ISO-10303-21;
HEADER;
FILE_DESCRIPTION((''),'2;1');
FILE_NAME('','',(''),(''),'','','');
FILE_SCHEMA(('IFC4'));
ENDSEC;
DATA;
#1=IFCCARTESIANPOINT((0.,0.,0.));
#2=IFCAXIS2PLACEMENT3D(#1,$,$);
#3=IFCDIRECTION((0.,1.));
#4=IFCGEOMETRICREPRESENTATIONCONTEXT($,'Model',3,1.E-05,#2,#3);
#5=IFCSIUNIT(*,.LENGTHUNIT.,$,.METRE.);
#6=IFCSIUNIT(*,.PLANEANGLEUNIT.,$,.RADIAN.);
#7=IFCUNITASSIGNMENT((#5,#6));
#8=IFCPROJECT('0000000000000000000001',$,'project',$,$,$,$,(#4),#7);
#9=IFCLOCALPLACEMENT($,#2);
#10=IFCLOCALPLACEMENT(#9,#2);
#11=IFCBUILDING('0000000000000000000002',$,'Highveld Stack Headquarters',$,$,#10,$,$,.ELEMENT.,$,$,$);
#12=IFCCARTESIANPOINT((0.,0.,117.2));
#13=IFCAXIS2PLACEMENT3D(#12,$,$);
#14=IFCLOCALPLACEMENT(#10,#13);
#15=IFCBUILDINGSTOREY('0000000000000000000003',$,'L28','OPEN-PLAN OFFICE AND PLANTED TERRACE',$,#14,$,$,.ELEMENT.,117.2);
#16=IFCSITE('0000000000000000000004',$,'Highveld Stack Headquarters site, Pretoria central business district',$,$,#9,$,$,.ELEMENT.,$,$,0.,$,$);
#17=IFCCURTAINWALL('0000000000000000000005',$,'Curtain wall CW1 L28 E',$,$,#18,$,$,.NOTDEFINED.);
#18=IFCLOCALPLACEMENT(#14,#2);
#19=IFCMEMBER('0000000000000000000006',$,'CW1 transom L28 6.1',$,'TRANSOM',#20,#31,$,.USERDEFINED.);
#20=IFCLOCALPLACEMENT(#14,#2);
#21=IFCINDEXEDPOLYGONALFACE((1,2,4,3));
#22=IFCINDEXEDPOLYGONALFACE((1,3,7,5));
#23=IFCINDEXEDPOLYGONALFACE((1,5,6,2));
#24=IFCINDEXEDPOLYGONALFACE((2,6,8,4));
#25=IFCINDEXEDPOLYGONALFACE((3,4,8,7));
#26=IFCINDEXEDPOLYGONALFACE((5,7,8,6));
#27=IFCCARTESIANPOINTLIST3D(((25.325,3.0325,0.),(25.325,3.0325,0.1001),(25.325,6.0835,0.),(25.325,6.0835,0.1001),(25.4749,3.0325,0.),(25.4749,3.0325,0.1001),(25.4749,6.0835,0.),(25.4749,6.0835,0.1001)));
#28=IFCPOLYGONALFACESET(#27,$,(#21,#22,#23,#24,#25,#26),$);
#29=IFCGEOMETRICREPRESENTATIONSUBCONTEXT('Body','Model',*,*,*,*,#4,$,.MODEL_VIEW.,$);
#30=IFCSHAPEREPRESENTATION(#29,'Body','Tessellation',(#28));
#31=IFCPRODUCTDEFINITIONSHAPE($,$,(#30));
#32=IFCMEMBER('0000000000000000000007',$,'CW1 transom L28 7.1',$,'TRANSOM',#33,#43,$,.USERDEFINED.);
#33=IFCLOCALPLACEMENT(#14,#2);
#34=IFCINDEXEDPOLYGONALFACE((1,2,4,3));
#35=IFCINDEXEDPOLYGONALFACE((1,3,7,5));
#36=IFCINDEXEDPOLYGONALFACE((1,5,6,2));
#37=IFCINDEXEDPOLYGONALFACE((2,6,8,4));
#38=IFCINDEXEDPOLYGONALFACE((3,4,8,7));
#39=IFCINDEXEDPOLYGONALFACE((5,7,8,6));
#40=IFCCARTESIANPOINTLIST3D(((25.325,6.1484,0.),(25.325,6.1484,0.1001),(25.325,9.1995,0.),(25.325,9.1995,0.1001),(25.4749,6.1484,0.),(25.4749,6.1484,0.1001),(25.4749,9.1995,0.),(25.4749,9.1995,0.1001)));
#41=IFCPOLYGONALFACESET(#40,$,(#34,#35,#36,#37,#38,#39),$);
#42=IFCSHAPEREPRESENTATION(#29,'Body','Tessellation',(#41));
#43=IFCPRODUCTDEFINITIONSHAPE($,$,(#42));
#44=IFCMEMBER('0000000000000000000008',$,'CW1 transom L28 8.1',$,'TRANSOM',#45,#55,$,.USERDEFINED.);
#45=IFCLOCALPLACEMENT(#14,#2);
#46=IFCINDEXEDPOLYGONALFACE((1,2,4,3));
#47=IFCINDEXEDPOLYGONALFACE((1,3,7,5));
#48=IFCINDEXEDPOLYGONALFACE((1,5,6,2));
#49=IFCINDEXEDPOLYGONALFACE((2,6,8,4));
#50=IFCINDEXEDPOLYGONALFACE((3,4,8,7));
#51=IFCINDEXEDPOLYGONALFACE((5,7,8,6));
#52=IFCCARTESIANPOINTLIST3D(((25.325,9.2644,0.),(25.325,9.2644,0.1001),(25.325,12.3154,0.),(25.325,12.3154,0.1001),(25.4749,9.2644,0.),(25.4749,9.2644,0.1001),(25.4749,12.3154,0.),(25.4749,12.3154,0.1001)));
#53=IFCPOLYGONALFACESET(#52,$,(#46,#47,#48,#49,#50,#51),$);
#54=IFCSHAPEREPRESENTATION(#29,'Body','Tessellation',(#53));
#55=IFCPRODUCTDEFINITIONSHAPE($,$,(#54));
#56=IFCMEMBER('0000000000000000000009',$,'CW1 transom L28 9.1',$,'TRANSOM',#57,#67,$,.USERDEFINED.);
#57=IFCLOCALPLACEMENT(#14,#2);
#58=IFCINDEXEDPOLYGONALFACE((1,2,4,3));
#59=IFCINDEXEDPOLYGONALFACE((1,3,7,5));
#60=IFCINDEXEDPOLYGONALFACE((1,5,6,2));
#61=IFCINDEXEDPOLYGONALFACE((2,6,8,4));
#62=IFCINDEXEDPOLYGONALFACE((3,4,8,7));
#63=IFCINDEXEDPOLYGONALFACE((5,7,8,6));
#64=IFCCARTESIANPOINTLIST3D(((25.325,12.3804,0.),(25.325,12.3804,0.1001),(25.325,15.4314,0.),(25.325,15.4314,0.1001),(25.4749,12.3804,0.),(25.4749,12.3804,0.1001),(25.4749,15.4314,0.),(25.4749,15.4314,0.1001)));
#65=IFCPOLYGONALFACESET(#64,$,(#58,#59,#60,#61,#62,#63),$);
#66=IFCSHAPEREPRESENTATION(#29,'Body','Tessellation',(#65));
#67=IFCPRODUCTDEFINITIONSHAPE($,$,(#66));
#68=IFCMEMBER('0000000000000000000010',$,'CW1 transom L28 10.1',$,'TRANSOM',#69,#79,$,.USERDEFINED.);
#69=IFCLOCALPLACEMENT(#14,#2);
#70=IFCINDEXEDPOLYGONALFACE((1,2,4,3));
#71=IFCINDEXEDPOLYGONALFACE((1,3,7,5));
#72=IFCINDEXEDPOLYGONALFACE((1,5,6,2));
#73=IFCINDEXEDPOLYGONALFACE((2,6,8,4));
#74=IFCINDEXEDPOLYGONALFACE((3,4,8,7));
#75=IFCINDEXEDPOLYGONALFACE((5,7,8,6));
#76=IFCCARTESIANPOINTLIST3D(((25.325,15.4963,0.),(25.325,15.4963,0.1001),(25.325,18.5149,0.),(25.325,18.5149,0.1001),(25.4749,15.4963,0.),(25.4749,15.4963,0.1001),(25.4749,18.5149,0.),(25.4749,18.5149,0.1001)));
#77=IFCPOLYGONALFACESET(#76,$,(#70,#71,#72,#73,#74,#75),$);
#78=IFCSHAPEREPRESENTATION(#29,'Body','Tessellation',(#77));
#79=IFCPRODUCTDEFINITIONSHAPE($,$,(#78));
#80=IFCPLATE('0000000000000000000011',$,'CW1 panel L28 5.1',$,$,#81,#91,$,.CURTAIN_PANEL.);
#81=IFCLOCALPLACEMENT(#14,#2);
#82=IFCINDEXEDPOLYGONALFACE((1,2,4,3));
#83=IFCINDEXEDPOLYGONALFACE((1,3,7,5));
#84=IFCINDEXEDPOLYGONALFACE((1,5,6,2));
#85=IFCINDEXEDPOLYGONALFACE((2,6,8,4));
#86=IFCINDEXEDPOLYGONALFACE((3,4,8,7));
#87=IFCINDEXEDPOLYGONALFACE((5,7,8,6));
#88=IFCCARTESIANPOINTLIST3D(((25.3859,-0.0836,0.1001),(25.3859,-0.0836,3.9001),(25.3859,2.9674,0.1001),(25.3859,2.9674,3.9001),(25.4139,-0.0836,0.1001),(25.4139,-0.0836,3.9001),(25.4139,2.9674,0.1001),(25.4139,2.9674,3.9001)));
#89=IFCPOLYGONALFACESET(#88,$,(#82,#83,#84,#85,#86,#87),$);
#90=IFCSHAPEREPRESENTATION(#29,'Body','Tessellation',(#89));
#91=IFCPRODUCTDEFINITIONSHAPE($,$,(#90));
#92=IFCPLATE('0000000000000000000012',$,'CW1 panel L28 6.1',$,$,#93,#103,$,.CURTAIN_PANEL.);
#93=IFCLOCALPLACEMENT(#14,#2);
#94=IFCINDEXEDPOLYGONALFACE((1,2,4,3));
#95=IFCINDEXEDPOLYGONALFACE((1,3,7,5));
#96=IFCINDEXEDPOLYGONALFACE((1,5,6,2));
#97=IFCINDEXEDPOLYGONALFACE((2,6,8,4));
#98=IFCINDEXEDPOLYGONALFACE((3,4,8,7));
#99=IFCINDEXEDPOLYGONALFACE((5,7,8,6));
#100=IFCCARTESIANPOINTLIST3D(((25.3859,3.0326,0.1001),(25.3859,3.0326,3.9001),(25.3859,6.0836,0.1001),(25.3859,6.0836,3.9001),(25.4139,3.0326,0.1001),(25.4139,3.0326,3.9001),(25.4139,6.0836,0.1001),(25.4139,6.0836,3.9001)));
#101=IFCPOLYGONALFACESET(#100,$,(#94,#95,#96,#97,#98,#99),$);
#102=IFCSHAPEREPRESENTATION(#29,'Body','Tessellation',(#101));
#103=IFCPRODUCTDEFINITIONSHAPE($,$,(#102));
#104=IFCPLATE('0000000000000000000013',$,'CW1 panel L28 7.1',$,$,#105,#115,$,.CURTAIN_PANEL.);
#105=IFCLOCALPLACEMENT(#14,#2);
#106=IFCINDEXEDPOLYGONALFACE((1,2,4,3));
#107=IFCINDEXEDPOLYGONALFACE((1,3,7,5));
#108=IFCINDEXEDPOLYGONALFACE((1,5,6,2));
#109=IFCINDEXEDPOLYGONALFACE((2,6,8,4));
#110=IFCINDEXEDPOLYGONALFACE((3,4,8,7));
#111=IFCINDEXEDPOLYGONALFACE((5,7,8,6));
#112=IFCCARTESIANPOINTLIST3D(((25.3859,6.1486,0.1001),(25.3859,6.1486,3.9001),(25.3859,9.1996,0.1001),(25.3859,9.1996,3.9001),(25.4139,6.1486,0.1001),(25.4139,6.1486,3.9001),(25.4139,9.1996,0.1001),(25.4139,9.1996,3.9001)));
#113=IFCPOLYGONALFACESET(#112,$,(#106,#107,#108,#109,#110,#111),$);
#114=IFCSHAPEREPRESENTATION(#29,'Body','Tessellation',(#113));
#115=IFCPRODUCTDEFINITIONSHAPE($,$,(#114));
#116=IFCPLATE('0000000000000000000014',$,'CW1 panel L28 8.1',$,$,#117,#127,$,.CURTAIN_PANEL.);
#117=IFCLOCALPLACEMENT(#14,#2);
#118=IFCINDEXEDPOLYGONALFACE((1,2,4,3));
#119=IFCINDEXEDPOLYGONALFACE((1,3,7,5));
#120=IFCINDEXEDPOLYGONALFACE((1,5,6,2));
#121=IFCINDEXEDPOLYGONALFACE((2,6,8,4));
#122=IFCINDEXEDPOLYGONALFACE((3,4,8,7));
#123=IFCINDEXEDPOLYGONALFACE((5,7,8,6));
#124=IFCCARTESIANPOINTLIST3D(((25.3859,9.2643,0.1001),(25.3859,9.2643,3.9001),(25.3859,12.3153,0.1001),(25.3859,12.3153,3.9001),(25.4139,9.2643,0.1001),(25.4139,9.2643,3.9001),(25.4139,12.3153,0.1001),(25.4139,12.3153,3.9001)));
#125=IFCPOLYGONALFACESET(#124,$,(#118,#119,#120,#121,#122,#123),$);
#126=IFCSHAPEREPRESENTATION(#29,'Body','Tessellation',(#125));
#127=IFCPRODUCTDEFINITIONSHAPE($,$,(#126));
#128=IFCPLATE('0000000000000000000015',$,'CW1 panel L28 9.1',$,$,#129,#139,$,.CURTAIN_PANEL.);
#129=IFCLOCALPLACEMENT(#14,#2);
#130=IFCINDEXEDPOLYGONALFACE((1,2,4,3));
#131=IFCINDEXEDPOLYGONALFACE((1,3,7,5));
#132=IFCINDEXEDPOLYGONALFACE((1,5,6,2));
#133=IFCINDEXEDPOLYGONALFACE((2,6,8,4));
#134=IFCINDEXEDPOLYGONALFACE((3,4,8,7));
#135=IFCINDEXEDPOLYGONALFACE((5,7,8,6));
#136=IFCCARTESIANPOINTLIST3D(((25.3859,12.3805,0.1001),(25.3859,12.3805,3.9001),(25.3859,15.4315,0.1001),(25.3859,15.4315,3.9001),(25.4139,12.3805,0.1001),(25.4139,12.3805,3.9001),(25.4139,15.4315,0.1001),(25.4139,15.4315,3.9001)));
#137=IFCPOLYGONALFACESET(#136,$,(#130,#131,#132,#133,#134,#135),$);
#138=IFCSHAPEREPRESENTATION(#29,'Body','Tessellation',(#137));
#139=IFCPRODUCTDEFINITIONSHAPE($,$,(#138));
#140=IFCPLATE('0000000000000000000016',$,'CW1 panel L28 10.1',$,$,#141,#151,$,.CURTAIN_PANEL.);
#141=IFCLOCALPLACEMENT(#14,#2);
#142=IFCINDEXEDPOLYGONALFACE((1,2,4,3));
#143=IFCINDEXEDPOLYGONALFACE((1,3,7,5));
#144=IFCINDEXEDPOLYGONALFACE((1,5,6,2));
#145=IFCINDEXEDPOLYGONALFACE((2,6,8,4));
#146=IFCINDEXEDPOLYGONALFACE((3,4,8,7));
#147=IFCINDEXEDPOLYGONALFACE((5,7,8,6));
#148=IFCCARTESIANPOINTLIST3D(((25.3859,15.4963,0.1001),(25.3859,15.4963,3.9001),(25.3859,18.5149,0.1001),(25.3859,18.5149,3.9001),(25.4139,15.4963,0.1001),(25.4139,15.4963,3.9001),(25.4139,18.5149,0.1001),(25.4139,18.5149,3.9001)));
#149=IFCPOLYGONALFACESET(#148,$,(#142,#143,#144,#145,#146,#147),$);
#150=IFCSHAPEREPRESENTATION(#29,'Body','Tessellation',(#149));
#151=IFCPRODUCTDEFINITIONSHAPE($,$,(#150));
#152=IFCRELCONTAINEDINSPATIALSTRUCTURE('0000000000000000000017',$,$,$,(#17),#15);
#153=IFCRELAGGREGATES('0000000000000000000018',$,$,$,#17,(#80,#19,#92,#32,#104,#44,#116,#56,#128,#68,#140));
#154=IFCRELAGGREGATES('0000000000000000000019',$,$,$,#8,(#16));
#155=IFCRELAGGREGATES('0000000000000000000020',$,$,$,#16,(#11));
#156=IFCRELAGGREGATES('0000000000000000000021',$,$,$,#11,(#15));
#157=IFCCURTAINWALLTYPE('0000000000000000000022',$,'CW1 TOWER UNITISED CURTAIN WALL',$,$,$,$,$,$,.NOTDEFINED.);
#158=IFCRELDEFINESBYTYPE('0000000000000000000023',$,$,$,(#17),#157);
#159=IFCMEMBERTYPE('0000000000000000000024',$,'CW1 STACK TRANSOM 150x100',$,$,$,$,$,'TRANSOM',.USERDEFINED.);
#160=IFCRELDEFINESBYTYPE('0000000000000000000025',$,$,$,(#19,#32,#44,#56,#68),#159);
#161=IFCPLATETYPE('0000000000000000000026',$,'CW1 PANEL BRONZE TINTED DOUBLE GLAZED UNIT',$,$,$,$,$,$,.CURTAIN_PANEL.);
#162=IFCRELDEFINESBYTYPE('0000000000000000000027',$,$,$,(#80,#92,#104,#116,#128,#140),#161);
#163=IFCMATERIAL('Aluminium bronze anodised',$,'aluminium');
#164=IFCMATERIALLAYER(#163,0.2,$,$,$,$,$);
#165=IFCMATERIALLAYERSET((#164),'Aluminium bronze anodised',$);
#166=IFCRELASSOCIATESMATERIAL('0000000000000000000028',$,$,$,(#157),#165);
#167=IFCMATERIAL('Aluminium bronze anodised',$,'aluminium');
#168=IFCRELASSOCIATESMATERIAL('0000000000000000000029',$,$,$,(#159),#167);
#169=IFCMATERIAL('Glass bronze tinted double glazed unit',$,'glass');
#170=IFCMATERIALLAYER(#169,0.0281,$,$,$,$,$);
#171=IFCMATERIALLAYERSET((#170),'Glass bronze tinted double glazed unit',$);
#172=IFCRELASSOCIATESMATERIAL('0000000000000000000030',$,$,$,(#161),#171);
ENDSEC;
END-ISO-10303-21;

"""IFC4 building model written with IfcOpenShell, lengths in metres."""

from ifc_helpers import new_model, si_unit, direction, frame, origin, origin_2d, place, context, subcontext, project, spatial, rectangle, extrude, material, layer, layer_set, material_profile, profile_set, type_object, element, aggregate, save


model = new_model("IFC4")

# Units and contexts
model_context = context("Model", 3, precision=1e-05, world=origin(), true_north=direction((0.0, 1.0)))
body_context = subcontext(model_context, "Body", "Model", "MODEL_VIEW")
ifc_project = project(units=[si_unit("LENGTHUNIT", "METRE"), si_unit("PLANEANGLEUNIT", "RADIAN")], contexts=[model_context])

# Site, building, storey
site_placement = place(None, origin())
site = spatial("IfcSite", under=ifc_project, at=site_placement, Name="Highveld Stack Headquarters site, Pretoria central business district", CompositionType="ELEMENT", RefElevation=0.0)
building_placement = place(site_placement, origin())
building = spatial("IfcBuilding", under=site, at=building_placement, Name="Highveld Stack Headquarters", CompositionType="ELEMENT")
storey_placement = place(building_placement, frame((0.0, 0.0, 117.2)))
storey = spatial("IfcBuildingStorey", under=building, at=storey_placement, Name="L28", Description="OPEN-PLAN OFFICE AND PLANTED TERRACE", CompositionType="ELEMENT", Elevation=117.2)

# Curtain wall, members, plates
ifc_material_1 = material(Name="Aluminium bronze anodised", Category="aluminium")
ifc_layer_1 = layer(ifc_material_1, 0.2)
ifc_layer_set_1 = layer_set([ifc_layer_1], Name="Aluminium bronze anodised")
curtain_wall_type = type_object("IfcCurtainWallType", Name="CW1 TOWER UNITISED CURTAIN WALL", PredefinedType="NOTDEFINED", material=ifc_layer_set_1)
curtain_wall_placement = place(storey_placement, origin())
curtain_wall = element("IfcCurtainWall", 1, at=curtain_wall_placement, inside=storey, type_object=curtain_wall_type, Name="Curtain wall CW1 L28 E", PredefinedType="NOTDEFINED")
ifc_material_2 = material(Name="Aluminium bronze anodised", Category="aluminium")
ifc_material_profile_1 = material_profile(ifc_material_2, rectangle(XDim=0.1499, YDim=0.1001, at=origin_2d()), Name="CW1 TRANSOM 150x100")
ifc_profile_set_1 = profile_set([ifc_material_profile_1], Name="Aluminium bronze anodised")
member_type_1 = type_object("IfcMemberType", Name="CW1 STACK TRANSOM 150x100", ElementType="TRANSOM", PredefinedType="USERDEFINED", material=ifc_profile_set_1)
member_1_placement = place(storey_placement, frame((25.3999, 3.0325, 0.05), z_axis=(0.0, 1.0, 0.0), x_axis=(-1.0, 0.0, 0.0)))
member_1 = element("IfcMember", 2, at=member_1_placement, type_object=member_type_1, Name="CW1 transom L28 6.1", ObjectType="TRANSOM", PredefinedType="USERDEFINED", context=body_context, shape_type="SweptSolid", body=[
    extrude(rectangle(XDim=0.1499, YDim=0.1001, at=origin_2d()), origin(), (0.0, 0.0, 1.0), 3.051),
])
member_2_placement = place(storey_placement, frame((25.3999, 6.1484, 0.05), z_axis=(0.0, 1.0, 0.0), x_axis=(-1.0, 0.0, 0.0)))
member_2 = element("IfcMember", 3, at=member_2_placement, type_object=member_type_1, Name="CW1 transom L28 7.1", ObjectType="TRANSOM", PredefinedType="USERDEFINED", context=body_context, shape_type="SweptSolid", body=[
    extrude(rectangle(XDim=0.1499, YDim=0.1001, at=origin_2d()), origin(), (0.0, 0.0, 1.0), 3.051),
])
member_3_placement = place(storey_placement, frame((25.3999, 9.2644, 0.05), z_axis=(0.0, 1.0, 0.0), x_axis=(-1.0, 0.0, 0.0)))
member_3 = element("IfcMember", 4, at=member_3_placement, type_object=member_type_1, Name="CW1 transom L28 8.1", ObjectType="TRANSOM", PredefinedType="USERDEFINED", context=body_context, shape_type="SweptSolid", body=[
    extrude(rectangle(XDim=0.1499, YDim=0.1001, at=origin_2d()), origin(), (0.0, 0.0, 1.0), 3.051),
])
member_4_placement = place(storey_placement, frame((25.3999, 12.3804, 0.05), z_axis=(0.0, 1.0, 0.0), x_axis=(-1.0, 0.0, 0.0)))
member_4 = element("IfcMember", 5, at=member_4_placement, type_object=member_type_1, Name="CW1 transom L28 9.1", ObjectType="TRANSOM", PredefinedType="USERDEFINED", context=body_context, shape_type="SweptSolid", body=[
    extrude(rectangle(XDim=0.1499, YDim=0.1001, at=origin_2d()), origin(), (0.0, 0.0, 1.0), 3.051),
])
member_5_placement = place(storey_placement, frame((25.3999, 15.4963, 0.05), z_axis=(0.0, 1.0, 0.0), x_axis=(-1.0, 0.0, 0.0)))
member_5 = element("IfcMember", 6, at=member_5_placement, type_object=member_type_1, Name="CW1 transom L28 10.1", ObjectType="TRANSOM", PredefinedType="USERDEFINED", context=body_context, shape_type="SweptSolid", body=[
    extrude(rectangle(XDim=0.1499, YDim=0.1001, at=origin_2d()), origin(), (0.0, 0.0, 1.0), 3.0186),
])
ifc_material_3 = material(Name="Glass bronze tinted double glazed unit", Category="glass")
ifc_layer_2 = layer(ifc_material_3, 0.0281)
ifc_layer_set_2 = layer_set([ifc_layer_2], Name="Glass bronze tinted double glazed unit")
plate_type = type_object("IfcPlateType", Name="CW1 PANEL BRONZE TINTED DOUBLE GLAZED UNIT", PredefinedType="CURTAIN_PANEL", material=ifc_layer_set_2)
plate_1_placement = place(storey_placement, frame((25.3999, 1.4419, 0.1001), z_axis=(0.0, 0.0, 1.0), x_axis=(0.0, 1.0, 0.0)))
plate_1 = element("IfcPlate", 7, at=plate_1_placement, type_object=plate_type, Name="CW1 panel L28 5.1", PredefinedType="CURTAIN_PANEL", context=body_context, shape_type="SweptSolid", body=[
    extrude(rectangle(XDim=3.051, YDim=0.0281, at=origin_2d()), origin(), (0.0, 0.0, 1.0), 3.8),
])
plate_2_placement = place(storey_placement, frame((25.3999, 4.5581, 0.1001), z_axis=(0.0, 0.0, 1.0), x_axis=(0.0, 1.0, 0.0)))
plate_2 = element("IfcPlate", 8, at=plate_2_placement, type_object=plate_type, Name="CW1 panel L28 6.1", PredefinedType="CURTAIN_PANEL", context=body_context, shape_type="SweptSolid", body=[
    extrude(rectangle(XDim=3.051, YDim=0.0281, at=origin_2d()), origin(), (0.0, 0.0, 1.0), 3.8),
])
plate_3_placement = place(storey_placement, frame((25.3999, 7.6741, 0.1001), z_axis=(0.0, 0.0, 1.0), x_axis=(0.0, 1.0, 0.0)))
plate_3 = element("IfcPlate", 9, at=plate_3_placement, type_object=plate_type, Name="CW1 panel L28 7.1", PredefinedType="CURTAIN_PANEL", context=body_context, shape_type="SweptSolid", body=[
    extrude(rectangle(XDim=3.051, YDim=0.0281, at=origin_2d()), origin(), (0.0, 0.0, 1.0), 3.8),
])
plate_4_placement = place(storey_placement, frame((25.3999, 10.7898, 0.1001), z_axis=(0.0, 0.0, 1.0), x_axis=(0.0, 1.0, 0.0)))
plate_4 = element("IfcPlate", 10, at=plate_4_placement, type_object=plate_type, Name="CW1 panel L28 8.1", PredefinedType="CURTAIN_PANEL", context=body_context, shape_type="SweptSolid", body=[
    extrude(rectangle(XDim=3.051, YDim=0.0281, at=origin_2d()), origin(), (0.0, 0.0, 1.0), 3.8),
])
plate_5_placement = place(storey_placement, frame((25.3999, 13.906, 0.1001), z_axis=(0.0, 0.0, 1.0), x_axis=(0.0, 1.0, 0.0)))
plate_5 = element("IfcPlate", 11, at=plate_5_placement, type_object=plate_type, Name="CW1 panel L28 9.1", PredefinedType="CURTAIN_PANEL", context=body_context, shape_type="SweptSolid", body=[
    extrude(rectangle(XDim=3.051, YDim=0.0281, at=origin_2d()), origin(), (0.0, 0.0, 1.0), 3.8),
])
plate_6_placement = place(storey_placement, frame((25.3999, 17.0056, 0.1001), z_axis=(0.0, 0.0, 1.0), x_axis=(0.0, 1.0, 0.0)))
plate_6 = element("IfcPlate", 12, at=plate_6_placement, type_object=plate_type, Name="CW1 panel L28 10.1", PredefinedType="CURTAIN_PANEL", context=body_context, shape_type="SweptSolid", body=[
    extrude(rectangle(XDim=3.0186, YDim=0.0281, at=origin_2d()), origin(), (0.0, 0.0, 1.0), 3.8),
])
aggregate(curtain_wall, [plate_1, member_1, plate_2, member_2, plate_3, member_3, plate_4, member_4, plate_5, member_5, plate_6])

save(model, "model.ifc")
